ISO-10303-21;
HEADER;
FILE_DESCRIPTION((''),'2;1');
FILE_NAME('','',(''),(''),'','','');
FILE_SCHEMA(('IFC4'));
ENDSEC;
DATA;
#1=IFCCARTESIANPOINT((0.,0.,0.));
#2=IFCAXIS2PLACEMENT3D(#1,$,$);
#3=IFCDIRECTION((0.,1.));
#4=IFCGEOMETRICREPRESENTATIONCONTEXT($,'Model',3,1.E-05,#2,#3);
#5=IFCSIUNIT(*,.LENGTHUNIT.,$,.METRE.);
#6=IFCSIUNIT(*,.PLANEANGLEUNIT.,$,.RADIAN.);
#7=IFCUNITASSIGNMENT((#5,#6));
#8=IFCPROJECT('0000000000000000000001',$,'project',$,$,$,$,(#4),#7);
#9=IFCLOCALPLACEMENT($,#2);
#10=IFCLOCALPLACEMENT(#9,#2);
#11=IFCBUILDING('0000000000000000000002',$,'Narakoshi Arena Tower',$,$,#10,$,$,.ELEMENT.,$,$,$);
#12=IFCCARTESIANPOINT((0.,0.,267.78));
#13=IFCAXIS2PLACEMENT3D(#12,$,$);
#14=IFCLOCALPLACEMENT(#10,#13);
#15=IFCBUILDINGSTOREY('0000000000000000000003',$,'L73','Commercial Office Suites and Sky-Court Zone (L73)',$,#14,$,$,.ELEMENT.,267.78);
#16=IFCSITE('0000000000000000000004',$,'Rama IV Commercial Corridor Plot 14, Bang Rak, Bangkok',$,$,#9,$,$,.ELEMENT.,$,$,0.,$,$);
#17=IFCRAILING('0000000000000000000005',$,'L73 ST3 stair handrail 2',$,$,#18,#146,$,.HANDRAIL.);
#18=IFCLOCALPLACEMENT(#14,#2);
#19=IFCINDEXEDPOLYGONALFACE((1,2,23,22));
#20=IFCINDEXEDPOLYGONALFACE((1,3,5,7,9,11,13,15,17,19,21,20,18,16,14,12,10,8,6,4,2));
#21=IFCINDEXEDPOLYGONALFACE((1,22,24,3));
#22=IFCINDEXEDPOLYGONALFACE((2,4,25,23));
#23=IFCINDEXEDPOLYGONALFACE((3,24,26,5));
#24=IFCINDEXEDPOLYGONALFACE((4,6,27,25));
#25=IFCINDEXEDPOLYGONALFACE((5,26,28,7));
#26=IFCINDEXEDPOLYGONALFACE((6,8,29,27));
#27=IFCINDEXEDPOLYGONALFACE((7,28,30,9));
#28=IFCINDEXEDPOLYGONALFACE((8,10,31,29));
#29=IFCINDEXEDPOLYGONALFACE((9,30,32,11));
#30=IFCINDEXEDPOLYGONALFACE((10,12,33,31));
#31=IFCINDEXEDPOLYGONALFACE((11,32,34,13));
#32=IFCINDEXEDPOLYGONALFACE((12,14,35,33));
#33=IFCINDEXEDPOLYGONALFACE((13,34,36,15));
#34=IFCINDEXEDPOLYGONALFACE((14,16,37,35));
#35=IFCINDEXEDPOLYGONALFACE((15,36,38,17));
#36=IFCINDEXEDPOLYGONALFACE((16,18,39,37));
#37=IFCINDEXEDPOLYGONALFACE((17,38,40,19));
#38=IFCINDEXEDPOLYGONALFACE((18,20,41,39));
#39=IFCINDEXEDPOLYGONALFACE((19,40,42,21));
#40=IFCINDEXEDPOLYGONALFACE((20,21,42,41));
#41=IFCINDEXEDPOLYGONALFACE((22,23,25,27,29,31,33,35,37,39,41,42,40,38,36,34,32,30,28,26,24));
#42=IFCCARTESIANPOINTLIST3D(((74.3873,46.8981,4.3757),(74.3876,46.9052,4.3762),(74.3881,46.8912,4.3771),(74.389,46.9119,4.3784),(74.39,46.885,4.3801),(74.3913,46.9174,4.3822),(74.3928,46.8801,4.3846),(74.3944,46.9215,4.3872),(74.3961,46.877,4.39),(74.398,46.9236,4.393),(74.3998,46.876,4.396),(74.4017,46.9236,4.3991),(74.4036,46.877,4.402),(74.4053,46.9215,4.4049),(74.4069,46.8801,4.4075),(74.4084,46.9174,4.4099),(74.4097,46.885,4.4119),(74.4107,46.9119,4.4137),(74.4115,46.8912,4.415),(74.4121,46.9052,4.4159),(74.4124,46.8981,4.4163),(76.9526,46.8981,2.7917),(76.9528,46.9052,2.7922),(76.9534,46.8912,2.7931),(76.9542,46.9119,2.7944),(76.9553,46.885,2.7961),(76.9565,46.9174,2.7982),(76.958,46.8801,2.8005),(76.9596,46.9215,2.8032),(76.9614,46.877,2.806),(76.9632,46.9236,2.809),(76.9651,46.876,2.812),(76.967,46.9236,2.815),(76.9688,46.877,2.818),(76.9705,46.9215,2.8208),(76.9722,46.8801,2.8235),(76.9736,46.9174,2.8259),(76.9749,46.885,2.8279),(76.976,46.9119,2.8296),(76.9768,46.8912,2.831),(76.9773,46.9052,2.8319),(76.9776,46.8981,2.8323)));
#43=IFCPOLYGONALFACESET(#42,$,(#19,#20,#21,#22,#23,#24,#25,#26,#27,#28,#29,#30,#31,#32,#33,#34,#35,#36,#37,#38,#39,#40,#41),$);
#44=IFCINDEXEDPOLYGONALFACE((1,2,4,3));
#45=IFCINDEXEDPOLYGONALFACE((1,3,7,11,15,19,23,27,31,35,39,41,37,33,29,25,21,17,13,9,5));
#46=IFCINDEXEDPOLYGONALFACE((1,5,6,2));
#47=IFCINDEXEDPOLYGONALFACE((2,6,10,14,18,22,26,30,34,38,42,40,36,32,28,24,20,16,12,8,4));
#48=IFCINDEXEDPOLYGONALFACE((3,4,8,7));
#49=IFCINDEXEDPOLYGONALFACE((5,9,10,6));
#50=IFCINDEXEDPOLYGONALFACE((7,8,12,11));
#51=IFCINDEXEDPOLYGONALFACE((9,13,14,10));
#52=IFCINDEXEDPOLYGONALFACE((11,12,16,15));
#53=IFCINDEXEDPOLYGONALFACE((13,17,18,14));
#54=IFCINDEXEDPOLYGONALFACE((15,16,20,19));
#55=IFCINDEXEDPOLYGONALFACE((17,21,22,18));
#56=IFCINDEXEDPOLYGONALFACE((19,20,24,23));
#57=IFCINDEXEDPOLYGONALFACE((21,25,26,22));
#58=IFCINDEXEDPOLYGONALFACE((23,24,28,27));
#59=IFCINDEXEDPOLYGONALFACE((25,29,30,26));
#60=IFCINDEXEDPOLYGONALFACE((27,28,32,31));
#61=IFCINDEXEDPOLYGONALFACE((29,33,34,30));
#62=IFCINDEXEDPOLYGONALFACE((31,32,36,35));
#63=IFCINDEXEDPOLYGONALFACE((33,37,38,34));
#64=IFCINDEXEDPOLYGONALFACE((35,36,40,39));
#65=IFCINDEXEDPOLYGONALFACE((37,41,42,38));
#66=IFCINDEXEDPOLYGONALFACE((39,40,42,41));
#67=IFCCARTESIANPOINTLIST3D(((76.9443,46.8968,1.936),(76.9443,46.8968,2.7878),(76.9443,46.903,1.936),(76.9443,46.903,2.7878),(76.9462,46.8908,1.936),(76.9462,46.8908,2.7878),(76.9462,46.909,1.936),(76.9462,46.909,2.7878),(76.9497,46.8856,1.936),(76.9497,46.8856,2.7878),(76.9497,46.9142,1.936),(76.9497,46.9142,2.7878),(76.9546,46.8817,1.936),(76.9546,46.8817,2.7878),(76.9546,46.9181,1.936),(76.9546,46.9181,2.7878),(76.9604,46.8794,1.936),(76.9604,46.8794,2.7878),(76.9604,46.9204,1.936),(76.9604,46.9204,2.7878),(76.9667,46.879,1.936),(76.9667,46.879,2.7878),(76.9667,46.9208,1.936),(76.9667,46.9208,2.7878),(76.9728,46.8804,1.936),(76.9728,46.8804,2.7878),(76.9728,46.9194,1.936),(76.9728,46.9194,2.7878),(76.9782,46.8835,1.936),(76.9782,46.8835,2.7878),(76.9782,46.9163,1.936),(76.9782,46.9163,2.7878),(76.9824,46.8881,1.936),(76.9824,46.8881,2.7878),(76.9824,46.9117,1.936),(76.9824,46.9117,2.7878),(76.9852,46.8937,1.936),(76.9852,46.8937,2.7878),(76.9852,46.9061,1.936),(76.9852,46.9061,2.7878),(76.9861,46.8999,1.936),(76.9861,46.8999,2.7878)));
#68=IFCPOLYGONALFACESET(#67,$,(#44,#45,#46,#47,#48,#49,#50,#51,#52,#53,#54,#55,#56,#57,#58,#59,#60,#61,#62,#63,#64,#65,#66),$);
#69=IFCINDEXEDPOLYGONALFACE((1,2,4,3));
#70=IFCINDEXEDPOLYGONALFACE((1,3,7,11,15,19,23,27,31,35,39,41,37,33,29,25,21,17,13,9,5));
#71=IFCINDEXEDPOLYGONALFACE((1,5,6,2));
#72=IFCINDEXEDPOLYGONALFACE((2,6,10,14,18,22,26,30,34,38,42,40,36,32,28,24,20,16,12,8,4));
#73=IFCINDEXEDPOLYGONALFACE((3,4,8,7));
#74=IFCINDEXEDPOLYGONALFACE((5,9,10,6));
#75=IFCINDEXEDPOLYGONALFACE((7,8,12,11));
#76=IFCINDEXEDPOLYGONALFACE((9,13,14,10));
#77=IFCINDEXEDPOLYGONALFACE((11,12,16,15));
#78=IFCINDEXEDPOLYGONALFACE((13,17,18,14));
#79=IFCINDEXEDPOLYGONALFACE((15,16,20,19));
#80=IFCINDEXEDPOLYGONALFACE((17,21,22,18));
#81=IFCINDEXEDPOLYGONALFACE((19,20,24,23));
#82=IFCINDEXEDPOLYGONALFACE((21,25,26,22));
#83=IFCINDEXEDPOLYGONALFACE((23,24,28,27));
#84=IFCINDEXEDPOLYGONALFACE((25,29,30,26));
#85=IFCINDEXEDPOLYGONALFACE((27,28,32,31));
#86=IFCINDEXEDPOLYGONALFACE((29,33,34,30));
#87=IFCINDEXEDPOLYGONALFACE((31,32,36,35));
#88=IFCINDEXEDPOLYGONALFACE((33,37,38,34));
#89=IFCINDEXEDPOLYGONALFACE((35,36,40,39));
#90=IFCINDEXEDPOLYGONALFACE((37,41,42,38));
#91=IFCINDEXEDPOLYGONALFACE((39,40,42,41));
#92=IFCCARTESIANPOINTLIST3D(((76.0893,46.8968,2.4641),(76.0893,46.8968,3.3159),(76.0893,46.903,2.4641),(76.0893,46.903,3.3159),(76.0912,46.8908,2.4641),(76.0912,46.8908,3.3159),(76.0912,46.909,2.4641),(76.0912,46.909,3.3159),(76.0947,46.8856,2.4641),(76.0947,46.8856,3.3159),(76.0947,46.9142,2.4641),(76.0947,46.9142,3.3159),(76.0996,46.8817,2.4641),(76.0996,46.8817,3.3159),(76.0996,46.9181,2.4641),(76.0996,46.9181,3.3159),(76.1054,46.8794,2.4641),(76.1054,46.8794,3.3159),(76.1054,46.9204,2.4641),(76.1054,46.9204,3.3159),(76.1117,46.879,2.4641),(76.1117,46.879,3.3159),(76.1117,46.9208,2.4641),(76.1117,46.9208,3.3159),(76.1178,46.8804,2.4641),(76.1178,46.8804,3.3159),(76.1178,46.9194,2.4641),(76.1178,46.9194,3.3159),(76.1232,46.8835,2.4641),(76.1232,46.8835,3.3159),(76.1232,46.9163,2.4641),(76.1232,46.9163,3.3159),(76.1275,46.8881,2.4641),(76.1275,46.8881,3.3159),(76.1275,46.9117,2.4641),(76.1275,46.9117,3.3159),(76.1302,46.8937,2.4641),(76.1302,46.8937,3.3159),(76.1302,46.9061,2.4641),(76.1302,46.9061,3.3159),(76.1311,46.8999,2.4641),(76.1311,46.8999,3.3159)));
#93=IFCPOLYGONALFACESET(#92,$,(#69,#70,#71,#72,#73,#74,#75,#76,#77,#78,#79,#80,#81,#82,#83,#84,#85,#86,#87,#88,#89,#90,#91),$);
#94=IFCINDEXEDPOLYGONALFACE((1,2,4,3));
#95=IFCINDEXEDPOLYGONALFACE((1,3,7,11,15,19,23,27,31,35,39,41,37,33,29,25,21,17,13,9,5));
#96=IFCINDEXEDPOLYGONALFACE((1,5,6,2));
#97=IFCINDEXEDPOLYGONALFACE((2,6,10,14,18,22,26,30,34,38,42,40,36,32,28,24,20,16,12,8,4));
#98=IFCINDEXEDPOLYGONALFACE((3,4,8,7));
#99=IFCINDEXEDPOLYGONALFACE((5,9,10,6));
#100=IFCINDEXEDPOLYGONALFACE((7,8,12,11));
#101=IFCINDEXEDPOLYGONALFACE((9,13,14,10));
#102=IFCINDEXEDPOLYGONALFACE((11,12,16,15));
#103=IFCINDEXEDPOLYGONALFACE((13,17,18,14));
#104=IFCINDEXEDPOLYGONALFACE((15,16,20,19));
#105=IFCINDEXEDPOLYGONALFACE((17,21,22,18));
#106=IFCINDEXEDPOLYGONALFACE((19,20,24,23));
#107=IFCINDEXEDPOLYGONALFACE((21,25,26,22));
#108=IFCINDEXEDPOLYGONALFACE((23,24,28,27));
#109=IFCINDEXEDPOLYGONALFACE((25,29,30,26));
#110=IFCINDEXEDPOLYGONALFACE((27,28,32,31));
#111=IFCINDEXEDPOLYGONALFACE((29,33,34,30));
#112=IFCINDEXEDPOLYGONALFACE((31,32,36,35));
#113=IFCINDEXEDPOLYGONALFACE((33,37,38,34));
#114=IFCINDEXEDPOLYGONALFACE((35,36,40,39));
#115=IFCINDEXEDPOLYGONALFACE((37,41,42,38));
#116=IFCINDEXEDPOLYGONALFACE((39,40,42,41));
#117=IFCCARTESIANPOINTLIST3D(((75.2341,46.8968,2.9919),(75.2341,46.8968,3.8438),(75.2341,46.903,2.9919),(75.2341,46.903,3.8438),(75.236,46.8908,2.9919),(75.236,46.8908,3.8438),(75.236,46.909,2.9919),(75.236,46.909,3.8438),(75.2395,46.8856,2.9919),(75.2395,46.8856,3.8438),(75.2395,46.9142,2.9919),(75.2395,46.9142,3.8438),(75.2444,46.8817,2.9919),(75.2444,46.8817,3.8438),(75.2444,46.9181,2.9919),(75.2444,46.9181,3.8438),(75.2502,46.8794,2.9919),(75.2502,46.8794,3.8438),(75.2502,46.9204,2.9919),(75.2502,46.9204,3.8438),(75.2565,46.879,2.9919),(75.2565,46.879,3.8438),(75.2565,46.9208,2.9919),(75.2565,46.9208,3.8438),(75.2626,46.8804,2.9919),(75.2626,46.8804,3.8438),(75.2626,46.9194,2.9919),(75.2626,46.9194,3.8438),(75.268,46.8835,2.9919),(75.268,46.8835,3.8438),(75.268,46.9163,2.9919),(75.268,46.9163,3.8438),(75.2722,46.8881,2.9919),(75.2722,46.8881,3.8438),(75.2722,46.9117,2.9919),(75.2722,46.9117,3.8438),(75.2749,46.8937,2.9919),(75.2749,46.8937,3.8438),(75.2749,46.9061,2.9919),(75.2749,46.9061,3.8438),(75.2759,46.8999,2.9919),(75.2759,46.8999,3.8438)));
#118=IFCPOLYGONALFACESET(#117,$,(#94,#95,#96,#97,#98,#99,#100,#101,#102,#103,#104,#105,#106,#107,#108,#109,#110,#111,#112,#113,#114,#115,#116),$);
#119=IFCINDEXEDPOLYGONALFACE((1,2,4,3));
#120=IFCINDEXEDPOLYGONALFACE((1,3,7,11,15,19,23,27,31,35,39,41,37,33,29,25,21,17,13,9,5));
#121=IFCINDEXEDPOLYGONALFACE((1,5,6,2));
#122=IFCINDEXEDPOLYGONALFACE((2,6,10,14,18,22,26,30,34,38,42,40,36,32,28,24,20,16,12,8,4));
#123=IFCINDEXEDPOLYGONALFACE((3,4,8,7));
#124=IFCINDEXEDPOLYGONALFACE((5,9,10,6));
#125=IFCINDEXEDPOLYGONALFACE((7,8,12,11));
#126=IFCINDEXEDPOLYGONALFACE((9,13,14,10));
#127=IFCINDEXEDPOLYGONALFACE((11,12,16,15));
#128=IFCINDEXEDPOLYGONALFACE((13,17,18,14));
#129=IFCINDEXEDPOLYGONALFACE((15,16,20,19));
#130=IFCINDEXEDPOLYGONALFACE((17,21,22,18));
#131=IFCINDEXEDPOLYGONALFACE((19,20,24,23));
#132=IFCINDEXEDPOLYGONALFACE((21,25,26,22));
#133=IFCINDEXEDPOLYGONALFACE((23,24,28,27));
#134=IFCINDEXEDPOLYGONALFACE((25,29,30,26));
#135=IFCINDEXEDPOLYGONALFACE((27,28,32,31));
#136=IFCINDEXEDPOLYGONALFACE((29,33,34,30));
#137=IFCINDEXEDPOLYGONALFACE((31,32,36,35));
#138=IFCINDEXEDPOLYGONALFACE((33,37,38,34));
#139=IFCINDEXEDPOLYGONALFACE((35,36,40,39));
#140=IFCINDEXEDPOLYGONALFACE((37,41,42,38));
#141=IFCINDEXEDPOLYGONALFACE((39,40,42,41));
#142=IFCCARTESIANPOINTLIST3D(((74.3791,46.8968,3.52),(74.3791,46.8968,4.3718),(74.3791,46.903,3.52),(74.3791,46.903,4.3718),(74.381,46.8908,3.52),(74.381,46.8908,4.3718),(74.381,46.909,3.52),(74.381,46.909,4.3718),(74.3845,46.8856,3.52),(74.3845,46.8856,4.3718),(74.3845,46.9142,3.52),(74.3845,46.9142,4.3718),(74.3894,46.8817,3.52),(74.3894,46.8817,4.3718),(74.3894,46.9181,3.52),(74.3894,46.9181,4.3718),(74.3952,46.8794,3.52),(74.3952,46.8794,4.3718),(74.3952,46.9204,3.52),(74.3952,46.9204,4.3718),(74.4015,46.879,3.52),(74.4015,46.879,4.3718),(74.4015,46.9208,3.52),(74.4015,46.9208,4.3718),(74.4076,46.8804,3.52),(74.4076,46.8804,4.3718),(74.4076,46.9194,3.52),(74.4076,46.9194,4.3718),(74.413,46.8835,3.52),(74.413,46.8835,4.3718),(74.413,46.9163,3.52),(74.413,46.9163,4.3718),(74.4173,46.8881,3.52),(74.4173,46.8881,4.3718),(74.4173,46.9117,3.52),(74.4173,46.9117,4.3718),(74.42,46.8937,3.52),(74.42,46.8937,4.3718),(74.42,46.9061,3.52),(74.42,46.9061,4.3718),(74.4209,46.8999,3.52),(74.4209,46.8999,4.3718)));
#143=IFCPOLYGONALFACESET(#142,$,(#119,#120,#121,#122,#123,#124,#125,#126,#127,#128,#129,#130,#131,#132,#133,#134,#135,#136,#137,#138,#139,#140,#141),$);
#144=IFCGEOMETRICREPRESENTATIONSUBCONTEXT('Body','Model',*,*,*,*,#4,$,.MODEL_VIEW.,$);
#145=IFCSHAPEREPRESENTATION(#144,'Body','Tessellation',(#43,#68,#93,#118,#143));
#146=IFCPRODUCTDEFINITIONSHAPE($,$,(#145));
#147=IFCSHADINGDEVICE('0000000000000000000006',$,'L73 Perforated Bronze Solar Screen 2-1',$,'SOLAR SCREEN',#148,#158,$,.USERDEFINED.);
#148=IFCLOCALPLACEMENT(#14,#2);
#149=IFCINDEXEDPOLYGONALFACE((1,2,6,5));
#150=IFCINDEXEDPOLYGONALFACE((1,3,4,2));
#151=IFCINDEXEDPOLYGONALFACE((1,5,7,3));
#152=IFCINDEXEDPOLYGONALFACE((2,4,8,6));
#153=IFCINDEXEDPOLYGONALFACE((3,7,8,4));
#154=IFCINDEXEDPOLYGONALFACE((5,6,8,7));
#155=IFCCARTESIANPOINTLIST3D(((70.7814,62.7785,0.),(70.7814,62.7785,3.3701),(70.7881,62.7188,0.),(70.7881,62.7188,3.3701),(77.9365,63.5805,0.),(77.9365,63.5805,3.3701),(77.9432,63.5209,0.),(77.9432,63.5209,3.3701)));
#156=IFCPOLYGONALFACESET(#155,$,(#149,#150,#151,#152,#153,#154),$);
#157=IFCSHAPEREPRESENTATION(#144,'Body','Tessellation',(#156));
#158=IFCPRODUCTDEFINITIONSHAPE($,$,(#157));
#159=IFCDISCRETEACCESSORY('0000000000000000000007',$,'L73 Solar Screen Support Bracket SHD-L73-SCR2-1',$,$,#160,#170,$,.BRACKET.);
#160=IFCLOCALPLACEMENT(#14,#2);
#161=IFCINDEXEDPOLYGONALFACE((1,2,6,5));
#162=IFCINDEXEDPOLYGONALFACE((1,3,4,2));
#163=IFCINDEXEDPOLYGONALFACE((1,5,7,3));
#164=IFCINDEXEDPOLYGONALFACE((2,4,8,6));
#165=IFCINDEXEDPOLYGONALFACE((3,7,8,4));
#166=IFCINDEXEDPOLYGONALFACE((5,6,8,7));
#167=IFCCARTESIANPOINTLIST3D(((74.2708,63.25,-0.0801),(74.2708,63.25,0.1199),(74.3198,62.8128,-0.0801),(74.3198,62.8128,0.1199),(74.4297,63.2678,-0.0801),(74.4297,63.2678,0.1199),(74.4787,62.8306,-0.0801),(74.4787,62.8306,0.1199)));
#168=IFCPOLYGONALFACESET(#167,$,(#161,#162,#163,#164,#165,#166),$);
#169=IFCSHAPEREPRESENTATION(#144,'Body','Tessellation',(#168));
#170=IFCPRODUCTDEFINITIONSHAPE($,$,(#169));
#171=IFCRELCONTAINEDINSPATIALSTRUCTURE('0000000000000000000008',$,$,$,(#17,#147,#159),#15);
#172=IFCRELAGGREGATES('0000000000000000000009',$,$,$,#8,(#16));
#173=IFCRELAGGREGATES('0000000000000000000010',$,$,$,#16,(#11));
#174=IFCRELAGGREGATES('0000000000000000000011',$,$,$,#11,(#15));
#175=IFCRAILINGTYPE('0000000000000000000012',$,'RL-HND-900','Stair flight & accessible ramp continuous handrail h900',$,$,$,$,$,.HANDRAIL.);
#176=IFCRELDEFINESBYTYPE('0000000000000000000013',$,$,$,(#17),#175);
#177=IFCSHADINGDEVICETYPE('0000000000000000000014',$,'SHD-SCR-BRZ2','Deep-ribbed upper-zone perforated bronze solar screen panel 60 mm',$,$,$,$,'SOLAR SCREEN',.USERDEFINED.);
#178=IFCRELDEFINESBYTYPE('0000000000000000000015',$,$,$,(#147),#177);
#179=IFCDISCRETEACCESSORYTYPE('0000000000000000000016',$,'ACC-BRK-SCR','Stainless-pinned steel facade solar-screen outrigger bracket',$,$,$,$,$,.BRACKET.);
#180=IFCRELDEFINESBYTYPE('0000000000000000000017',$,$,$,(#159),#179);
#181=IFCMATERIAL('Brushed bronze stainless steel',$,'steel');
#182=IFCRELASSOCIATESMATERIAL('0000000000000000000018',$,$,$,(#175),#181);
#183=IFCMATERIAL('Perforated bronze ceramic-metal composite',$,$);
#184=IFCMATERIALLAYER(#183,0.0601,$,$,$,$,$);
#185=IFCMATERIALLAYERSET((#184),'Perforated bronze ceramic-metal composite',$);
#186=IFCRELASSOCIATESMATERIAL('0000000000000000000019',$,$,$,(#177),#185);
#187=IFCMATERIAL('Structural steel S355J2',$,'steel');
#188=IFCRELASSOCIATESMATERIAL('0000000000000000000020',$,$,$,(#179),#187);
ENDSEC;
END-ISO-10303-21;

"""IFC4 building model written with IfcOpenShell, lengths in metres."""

from ifc_helpers import new_model, si_unit, direction, frame, origin, origin_2d, place, context, subcontext, project, spatial, rectangle, circle, extrude, material, layer, layer_set, type_object, element, save


model = new_model("IFC4")

# Units and contexts
model_context = context("Model", 3, precision=1e-05, world=origin(), true_north=direction((0.0, 1.0)))
body_context = subcontext(model_context, "Body", "Model", "MODEL_VIEW")
ifc_project = project(units=[si_unit("LENGTHUNIT", "METRE"), si_unit("PLANEANGLEUNIT", "RADIAN")], contexts=[model_context])

# Site, building, storey
site_placement = place(None, origin())
site = spatial("IfcSite", under=ifc_project, at=site_placement, Name="Rama IV Commercial Corridor Plot 14, Bang Rak, Bangkok", CompositionType="ELEMENT", RefElevation=0.0)
building_placement = place(site_placement, origin())
building = spatial("IfcBuilding", under=site, at=building_placement, Name="Narakoshi Arena Tower", CompositionType="ELEMENT")
storey_placement = place(building_placement, frame((0.0, 0.0, 267.78)))
storey = spatial("IfcBuildingStorey", under=building, at=storey_placement, Name="L73", Description="Commercial Office Suites and Sky-Court Zone (L73)", CompositionType="ELEMENT", Elevation=267.78)

# Shared definitions
ifc_material_1 = material(Name="Brushed bronze stainless steel", Category="steel")

# Railing
railing_type_1 = type_object("IfcRailingType", Name="RL-HND-900", Description="Stair flight & accessible ramp continuous handrail h900", PredefinedType="HANDRAIL", material=ifc_material_1)
railing_1_placement = place(storey_placement, frame((76.9651, 46.8999, 1.936)))
element("IfcRailing", 1, at=railing_1_placement, inside=storey, type_object=railing_type_1, Name="L73 ST3 stair handrail 2", PredefinedType="HANDRAIL", context=body_context, shape_type="SweptSolid", body=[
    extrude(circle(Radius=0.0239, at=origin_2d()), frame((0.0, 0.0, 0.876), z_axis=(-0.850857, 0.0, 0.525398), x_axis=(0.0, -1.0, 0.0)), (0.0, 0.0, 1.0), 3.0149),
    extrude(circle(Radius=0.021, at=origin_2d()), origin(), (0.0, 0.0, 1.0), 0.8518),
    extrude(circle(Radius=0.021, at=origin_2d()), frame((-0.855, 0.0, 0.5281)), (0.0, 0.0, 1.0), 0.8518),
    extrude(circle(Radius=0.021, at=origin_2d()), frame((-1.7102, 0.0, 1.0559)), (0.0, 0.0, 1.0), 0.8518),
    extrude(circle(Radius=0.021, at=origin_2d()), frame((-2.5652, 0.0, 1.584)), (0.0, 0.0, 1.0), 0.8518),
])

# Shading device
ifc_material_2 = material(Name="Perforated bronze ceramic-metal composite")
ifc_layer_1 = layer(ifc_material_2, 0.0601)
ifc_layer_set_1 = layer_set([ifc_layer_1], Name="Perforated bronze ceramic-metal composite")
shading_device_type = type_object("IfcShadingDeviceType", Name="SHD-SCR-BRZ2", Description="Deep-ribbed upper-zone perforated bronze solar screen panel 60 mm", ElementType="SOLAR SCREEN", PredefinedType="USERDEFINED", material=ifc_layer_set_1)
shading_device_placement = place(storey_placement, frame((74.3623, 63.1497, 0.0), z_axis=(0.0, 0.0, 1.0), x_axis=(-0.993776, -0.1114, 0.0)))
element("IfcShadingDevice", 2, at=shading_device_placement, inside=storey, type_object=shading_device_type, Name="L73 Perforated Bronze Solar Screen 2-1", ObjectType="SOLAR SCREEN", PredefinedType="USERDEFINED", context=body_context, shape_type="SweptSolid", body=[
    extrude(rectangle(XDim=7.2, YDim=0.0601, at=origin_2d()), origin(), (0.0, 0.0, 1.0), 3.3701),
])

# Discrete accessory
ifc_material_3 = material(Name="Structural steel S355J2", Category="steel")
discrete_accessory_type = type_object("IfcDiscreteAccessoryType", Name="ACC-BRK-SCR", Description="Stainless-pinned steel facade solar-screen outrigger bracket", PredefinedType="BRACKET", material=ifc_material_3)
discrete_accessory_placement = place(storey_placement, frame((74.3748, 63.0403, -0.0801), z_axis=(0.0, 0.0, 1.0), x_axis=(-0.993776, -0.1114, 0.0)))
element("IfcDiscreteAccessory", 3, at=discrete_accessory_placement, inside=storey, type_object=discrete_accessory_type, Name="L73 Solar Screen Support Bracket SHD-L73-SCR2-1", PredefinedType="BRACKET", context=body_context, shape_type="SweptSolid", body=[
    extrude(rectangle(XDim=0.1599, YDim=0.4399, at=origin_2d()), origin(), (0.0, 0.0, 1.0), 0.2),
])

save(model, "model.ifc")
